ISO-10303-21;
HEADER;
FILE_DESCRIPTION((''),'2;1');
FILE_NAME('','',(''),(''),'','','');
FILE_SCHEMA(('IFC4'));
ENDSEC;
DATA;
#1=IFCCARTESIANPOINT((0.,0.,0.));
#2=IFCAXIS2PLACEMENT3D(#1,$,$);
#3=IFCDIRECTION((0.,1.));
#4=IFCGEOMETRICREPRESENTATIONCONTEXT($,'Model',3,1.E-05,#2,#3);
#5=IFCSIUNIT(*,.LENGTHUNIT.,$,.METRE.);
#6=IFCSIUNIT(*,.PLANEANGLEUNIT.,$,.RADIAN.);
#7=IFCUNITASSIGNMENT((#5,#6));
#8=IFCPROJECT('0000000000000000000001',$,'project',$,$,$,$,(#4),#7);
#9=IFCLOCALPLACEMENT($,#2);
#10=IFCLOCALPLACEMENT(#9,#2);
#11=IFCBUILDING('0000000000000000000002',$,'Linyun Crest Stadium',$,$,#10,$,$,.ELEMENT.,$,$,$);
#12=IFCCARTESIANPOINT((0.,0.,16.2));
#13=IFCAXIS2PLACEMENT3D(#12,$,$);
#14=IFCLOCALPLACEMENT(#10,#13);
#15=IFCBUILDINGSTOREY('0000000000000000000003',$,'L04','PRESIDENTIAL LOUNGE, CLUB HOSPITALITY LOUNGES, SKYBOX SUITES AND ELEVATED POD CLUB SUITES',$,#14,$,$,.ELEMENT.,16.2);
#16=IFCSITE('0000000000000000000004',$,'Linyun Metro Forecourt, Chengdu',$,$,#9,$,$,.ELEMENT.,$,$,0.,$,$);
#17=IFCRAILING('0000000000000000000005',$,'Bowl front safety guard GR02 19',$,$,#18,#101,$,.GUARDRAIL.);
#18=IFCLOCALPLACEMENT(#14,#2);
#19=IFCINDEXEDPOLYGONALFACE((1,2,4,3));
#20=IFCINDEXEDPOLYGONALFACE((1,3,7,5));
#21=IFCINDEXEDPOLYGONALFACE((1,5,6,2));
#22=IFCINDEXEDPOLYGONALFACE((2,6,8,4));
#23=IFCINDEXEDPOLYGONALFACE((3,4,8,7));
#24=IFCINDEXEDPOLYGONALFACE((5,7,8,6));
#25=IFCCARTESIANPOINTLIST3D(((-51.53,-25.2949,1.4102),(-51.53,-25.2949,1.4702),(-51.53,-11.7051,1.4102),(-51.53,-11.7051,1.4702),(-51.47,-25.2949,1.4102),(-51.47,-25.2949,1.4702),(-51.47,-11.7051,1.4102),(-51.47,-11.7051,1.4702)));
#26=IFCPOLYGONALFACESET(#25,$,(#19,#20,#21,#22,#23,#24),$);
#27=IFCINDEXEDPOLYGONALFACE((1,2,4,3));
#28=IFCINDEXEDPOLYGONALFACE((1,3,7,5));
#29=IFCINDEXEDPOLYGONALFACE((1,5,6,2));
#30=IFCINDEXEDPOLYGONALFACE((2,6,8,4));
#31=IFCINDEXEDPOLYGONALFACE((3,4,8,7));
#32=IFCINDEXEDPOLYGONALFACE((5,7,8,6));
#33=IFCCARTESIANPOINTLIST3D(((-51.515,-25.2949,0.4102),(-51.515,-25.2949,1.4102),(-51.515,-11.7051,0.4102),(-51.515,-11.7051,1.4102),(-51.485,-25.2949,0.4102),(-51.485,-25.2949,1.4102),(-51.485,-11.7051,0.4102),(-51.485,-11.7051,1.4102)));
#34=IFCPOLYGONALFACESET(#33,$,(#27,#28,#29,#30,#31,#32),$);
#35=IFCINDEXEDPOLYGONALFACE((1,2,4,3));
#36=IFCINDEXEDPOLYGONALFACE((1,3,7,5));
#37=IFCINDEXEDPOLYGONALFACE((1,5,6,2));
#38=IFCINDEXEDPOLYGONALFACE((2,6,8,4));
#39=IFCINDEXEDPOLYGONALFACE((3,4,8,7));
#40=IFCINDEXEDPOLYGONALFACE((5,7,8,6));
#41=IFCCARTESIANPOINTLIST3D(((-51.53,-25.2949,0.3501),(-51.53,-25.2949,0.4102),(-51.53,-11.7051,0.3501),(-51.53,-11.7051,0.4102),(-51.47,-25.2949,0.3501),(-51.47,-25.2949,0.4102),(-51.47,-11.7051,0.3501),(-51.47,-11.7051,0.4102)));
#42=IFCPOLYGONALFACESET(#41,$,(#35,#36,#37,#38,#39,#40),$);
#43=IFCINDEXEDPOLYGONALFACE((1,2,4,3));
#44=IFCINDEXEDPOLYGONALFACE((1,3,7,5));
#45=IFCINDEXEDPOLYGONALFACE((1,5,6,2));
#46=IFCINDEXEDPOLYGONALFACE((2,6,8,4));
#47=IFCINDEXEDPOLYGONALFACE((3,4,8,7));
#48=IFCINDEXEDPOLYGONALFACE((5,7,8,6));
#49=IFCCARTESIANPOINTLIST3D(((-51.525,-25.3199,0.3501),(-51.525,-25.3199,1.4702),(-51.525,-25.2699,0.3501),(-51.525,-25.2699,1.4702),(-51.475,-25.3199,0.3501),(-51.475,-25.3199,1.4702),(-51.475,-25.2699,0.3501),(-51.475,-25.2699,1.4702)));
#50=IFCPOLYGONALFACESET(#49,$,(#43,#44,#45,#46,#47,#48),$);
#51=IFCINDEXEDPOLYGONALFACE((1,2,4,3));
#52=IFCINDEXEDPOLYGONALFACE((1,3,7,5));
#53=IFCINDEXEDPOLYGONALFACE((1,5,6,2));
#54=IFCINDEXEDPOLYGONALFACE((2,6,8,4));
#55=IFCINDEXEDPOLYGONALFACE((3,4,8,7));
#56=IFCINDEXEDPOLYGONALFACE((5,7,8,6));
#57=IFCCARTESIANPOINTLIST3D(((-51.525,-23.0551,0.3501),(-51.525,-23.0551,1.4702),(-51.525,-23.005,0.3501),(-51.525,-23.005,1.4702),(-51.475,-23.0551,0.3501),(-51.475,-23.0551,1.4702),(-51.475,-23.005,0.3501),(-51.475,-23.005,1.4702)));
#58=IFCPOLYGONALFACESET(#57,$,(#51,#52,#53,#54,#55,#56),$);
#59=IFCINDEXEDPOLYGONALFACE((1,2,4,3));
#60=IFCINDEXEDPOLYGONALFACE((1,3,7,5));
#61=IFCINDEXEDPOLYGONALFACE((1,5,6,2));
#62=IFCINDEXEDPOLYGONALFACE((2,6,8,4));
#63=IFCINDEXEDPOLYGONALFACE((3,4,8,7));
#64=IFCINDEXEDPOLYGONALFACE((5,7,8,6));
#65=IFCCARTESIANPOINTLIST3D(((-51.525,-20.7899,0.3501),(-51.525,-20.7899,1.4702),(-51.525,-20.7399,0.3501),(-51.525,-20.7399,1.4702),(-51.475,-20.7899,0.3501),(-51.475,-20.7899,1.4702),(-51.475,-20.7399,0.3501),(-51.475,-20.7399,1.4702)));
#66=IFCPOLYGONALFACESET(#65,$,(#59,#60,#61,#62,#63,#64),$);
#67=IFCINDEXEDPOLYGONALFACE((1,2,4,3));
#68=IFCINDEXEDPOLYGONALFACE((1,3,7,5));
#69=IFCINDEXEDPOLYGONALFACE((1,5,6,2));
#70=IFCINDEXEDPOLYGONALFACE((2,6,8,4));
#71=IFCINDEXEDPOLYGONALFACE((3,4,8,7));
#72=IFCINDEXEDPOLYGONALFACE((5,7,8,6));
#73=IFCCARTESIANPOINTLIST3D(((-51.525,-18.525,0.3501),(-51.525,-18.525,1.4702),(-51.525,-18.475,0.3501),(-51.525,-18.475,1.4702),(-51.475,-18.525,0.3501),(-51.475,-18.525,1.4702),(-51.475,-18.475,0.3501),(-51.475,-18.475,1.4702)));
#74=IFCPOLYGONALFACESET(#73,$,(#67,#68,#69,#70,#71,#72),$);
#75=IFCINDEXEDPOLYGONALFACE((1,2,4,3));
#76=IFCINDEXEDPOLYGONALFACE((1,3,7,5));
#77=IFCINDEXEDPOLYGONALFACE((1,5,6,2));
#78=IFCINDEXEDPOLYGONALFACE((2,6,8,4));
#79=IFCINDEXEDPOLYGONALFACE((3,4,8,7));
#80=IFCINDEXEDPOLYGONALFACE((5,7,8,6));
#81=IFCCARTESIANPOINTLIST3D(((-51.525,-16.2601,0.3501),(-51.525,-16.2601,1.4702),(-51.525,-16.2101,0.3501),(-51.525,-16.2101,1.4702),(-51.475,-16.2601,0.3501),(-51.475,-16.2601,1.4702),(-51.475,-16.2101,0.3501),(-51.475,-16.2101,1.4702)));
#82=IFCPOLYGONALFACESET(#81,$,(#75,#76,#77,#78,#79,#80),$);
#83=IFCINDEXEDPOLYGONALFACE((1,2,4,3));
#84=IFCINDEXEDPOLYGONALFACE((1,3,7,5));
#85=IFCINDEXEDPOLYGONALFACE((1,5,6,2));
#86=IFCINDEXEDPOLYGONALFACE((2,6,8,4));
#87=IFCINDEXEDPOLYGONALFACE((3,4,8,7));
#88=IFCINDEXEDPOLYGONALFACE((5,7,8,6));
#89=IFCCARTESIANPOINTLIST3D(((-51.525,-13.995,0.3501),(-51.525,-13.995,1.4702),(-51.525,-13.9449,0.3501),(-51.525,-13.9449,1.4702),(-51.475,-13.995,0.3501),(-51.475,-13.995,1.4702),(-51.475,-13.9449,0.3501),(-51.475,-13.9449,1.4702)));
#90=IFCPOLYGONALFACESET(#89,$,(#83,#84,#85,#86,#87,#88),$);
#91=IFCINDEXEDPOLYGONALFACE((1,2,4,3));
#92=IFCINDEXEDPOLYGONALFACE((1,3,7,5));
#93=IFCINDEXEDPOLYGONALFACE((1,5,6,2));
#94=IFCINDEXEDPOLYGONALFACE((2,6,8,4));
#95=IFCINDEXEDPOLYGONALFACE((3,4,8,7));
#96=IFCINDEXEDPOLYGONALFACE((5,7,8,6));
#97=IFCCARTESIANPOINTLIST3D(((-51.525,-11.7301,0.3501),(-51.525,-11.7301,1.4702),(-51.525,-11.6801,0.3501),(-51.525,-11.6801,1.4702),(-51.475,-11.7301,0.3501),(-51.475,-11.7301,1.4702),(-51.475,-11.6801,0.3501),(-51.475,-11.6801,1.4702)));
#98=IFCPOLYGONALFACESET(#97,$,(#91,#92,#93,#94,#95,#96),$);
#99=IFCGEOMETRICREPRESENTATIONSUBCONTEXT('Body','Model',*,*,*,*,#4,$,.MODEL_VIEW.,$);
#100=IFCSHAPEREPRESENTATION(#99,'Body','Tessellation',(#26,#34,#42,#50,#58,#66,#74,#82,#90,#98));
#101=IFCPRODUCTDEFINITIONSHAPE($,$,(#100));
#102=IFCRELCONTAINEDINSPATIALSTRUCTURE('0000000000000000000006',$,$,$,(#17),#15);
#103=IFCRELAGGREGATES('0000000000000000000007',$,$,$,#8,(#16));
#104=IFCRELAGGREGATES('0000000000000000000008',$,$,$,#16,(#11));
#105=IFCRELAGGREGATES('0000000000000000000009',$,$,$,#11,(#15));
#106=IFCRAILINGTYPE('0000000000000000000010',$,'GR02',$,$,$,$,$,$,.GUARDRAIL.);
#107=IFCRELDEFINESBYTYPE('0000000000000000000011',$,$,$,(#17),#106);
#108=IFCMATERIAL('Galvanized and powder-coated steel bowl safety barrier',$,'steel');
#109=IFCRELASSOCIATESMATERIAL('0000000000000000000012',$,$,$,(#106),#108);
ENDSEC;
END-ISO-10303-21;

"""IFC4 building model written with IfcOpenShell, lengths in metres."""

from ifc_helpers import new_model, si_unit, direction, frame, origin, origin_2d, place, context, subcontext, project, spatial, rectangle, extrude, material, type_object, element, save


model = new_model("IFC4")

# Units and contexts
model_context = context("Model", 3, precision=1e-05, world=origin(), true_north=direction((0.0, 1.0)))
body_context = subcontext(model_context, "Body", "Model", "MODEL_VIEW")
ifc_project = project(units=[si_unit("LENGTHUNIT", "METRE"), si_unit("PLANEANGLEUNIT", "RADIAN")], contexts=[model_context])

# Site, building, storey
site_placement = place(None, origin())
site = spatial("IfcSite", under=ifc_project, at=site_placement, Name="Linyun Metro Forecourt, Chengdu", CompositionType="ELEMENT", RefElevation=0.0)
building_placement = place(site_placement, origin())
building = spatial("IfcBuilding", under=site, at=building_placement, Name="Linyun Crest Stadium", CompositionType="ELEMENT")
storey_placement = place(building_placement, frame((0.0, 0.0, 16.2)))
storey = spatial("IfcBuildingStorey", under=building, at=storey_placement, Name="L04", Description="PRESIDENTIAL LOUNGE, CLUB HOSPITALITY LOUNGES, SKYBOX SUITES AND ELEVATED POD CLUB SUITES", CompositionType="ELEMENT", Elevation=16.2)

# Railing
ifc_material_1 = material(Name="Galvanized and powder-coated steel bowl safety barrier", Category="steel")
railing_type = type_object("IfcRailingType", Name="GR02", PredefinedType="GUARDRAIL", material=ifc_material_1)
for number, where, name in (
    (1, (-51.5, -25.2949, 0.3501), "Bowl front safety guard GR02 19"),
):
    element("IfcRailing", number, at=place(storey_placement, frame(where)), inside=storey, type_object=railing_type, Name=name, PredefinedType="GUARDRAIL", context=body_context, shape_type="SweptSolid", body=[
        extrude(rectangle(XDim=0.0601, YDim=0.0601, at=origin_2d()), frame((0.0, 0.0, 1.0901), z_axis=(0.0, 1.0, 0.0), x_axis=(-1.0, 0.0, 0.0)), (0.0, 0.0, 1.0), 13.5898),
        extrude(rectangle(XDim=0.03, YDim=1.0, at=origin_2d()), frame((0.0, 0.0, 0.5601), z_axis=(0.0, 1.0, 0.0), x_axis=(-1.0, 0.0, 0.0)), (0.0, 0.0, 1.0), 13.5898),
        extrude(rectangle(XDim=0.0601, YDim=0.0601, at=origin_2d()), frame((0.0, 0.0, 0.03), z_axis=(0.0, 1.0, 0.0), x_axis=(-1.0, 0.0, 0.0)), (0.0, 0.0, 1.0), 13.5898),
        extrude(rectangle(XDim=0.05, YDim=0.05, at=origin_2d()), origin(), (0.0, 0.0, 1.0), 1.1201),
        extrude(rectangle(XDim=0.05, YDim=0.05, at=origin_2d()), frame((0.0, 2.2649, 0.0)), (0.0, 0.0, 1.0), 1.1201),
        extrude(rectangle(XDim=0.05, YDim=0.05, at=origin_2d()), frame((0.0, 4.53, 0.0)), (0.0, 0.0, 1.0), 1.1201),
        extrude(rectangle(XDim=0.05, YDim=0.05, at=origin_2d()), frame((0.0, 6.7949, 0.0)), (0.0, 0.0, 1.0), 1.1201),
        extrude(rectangle(XDim=0.05, YDim=0.05, at=origin_2d()), frame((0.0, 9.0598, 0.0)), (0.0, 0.0, 1.0), 1.1201),
        extrude(rectangle(XDim=0.05, YDim=0.05, at=origin_2d()), frame((0.0, 11.325, 0.0)), (0.0, 0.0, 1.0), 1.1201),
        extrude(rectangle(XDim=0.05, YDim=0.05, at=origin_2d()), frame((0.0, 13.5898, 0.0)), (0.0, 0.0, 1.0), 1.1201),
    ])

save(model, "model.ifc")
